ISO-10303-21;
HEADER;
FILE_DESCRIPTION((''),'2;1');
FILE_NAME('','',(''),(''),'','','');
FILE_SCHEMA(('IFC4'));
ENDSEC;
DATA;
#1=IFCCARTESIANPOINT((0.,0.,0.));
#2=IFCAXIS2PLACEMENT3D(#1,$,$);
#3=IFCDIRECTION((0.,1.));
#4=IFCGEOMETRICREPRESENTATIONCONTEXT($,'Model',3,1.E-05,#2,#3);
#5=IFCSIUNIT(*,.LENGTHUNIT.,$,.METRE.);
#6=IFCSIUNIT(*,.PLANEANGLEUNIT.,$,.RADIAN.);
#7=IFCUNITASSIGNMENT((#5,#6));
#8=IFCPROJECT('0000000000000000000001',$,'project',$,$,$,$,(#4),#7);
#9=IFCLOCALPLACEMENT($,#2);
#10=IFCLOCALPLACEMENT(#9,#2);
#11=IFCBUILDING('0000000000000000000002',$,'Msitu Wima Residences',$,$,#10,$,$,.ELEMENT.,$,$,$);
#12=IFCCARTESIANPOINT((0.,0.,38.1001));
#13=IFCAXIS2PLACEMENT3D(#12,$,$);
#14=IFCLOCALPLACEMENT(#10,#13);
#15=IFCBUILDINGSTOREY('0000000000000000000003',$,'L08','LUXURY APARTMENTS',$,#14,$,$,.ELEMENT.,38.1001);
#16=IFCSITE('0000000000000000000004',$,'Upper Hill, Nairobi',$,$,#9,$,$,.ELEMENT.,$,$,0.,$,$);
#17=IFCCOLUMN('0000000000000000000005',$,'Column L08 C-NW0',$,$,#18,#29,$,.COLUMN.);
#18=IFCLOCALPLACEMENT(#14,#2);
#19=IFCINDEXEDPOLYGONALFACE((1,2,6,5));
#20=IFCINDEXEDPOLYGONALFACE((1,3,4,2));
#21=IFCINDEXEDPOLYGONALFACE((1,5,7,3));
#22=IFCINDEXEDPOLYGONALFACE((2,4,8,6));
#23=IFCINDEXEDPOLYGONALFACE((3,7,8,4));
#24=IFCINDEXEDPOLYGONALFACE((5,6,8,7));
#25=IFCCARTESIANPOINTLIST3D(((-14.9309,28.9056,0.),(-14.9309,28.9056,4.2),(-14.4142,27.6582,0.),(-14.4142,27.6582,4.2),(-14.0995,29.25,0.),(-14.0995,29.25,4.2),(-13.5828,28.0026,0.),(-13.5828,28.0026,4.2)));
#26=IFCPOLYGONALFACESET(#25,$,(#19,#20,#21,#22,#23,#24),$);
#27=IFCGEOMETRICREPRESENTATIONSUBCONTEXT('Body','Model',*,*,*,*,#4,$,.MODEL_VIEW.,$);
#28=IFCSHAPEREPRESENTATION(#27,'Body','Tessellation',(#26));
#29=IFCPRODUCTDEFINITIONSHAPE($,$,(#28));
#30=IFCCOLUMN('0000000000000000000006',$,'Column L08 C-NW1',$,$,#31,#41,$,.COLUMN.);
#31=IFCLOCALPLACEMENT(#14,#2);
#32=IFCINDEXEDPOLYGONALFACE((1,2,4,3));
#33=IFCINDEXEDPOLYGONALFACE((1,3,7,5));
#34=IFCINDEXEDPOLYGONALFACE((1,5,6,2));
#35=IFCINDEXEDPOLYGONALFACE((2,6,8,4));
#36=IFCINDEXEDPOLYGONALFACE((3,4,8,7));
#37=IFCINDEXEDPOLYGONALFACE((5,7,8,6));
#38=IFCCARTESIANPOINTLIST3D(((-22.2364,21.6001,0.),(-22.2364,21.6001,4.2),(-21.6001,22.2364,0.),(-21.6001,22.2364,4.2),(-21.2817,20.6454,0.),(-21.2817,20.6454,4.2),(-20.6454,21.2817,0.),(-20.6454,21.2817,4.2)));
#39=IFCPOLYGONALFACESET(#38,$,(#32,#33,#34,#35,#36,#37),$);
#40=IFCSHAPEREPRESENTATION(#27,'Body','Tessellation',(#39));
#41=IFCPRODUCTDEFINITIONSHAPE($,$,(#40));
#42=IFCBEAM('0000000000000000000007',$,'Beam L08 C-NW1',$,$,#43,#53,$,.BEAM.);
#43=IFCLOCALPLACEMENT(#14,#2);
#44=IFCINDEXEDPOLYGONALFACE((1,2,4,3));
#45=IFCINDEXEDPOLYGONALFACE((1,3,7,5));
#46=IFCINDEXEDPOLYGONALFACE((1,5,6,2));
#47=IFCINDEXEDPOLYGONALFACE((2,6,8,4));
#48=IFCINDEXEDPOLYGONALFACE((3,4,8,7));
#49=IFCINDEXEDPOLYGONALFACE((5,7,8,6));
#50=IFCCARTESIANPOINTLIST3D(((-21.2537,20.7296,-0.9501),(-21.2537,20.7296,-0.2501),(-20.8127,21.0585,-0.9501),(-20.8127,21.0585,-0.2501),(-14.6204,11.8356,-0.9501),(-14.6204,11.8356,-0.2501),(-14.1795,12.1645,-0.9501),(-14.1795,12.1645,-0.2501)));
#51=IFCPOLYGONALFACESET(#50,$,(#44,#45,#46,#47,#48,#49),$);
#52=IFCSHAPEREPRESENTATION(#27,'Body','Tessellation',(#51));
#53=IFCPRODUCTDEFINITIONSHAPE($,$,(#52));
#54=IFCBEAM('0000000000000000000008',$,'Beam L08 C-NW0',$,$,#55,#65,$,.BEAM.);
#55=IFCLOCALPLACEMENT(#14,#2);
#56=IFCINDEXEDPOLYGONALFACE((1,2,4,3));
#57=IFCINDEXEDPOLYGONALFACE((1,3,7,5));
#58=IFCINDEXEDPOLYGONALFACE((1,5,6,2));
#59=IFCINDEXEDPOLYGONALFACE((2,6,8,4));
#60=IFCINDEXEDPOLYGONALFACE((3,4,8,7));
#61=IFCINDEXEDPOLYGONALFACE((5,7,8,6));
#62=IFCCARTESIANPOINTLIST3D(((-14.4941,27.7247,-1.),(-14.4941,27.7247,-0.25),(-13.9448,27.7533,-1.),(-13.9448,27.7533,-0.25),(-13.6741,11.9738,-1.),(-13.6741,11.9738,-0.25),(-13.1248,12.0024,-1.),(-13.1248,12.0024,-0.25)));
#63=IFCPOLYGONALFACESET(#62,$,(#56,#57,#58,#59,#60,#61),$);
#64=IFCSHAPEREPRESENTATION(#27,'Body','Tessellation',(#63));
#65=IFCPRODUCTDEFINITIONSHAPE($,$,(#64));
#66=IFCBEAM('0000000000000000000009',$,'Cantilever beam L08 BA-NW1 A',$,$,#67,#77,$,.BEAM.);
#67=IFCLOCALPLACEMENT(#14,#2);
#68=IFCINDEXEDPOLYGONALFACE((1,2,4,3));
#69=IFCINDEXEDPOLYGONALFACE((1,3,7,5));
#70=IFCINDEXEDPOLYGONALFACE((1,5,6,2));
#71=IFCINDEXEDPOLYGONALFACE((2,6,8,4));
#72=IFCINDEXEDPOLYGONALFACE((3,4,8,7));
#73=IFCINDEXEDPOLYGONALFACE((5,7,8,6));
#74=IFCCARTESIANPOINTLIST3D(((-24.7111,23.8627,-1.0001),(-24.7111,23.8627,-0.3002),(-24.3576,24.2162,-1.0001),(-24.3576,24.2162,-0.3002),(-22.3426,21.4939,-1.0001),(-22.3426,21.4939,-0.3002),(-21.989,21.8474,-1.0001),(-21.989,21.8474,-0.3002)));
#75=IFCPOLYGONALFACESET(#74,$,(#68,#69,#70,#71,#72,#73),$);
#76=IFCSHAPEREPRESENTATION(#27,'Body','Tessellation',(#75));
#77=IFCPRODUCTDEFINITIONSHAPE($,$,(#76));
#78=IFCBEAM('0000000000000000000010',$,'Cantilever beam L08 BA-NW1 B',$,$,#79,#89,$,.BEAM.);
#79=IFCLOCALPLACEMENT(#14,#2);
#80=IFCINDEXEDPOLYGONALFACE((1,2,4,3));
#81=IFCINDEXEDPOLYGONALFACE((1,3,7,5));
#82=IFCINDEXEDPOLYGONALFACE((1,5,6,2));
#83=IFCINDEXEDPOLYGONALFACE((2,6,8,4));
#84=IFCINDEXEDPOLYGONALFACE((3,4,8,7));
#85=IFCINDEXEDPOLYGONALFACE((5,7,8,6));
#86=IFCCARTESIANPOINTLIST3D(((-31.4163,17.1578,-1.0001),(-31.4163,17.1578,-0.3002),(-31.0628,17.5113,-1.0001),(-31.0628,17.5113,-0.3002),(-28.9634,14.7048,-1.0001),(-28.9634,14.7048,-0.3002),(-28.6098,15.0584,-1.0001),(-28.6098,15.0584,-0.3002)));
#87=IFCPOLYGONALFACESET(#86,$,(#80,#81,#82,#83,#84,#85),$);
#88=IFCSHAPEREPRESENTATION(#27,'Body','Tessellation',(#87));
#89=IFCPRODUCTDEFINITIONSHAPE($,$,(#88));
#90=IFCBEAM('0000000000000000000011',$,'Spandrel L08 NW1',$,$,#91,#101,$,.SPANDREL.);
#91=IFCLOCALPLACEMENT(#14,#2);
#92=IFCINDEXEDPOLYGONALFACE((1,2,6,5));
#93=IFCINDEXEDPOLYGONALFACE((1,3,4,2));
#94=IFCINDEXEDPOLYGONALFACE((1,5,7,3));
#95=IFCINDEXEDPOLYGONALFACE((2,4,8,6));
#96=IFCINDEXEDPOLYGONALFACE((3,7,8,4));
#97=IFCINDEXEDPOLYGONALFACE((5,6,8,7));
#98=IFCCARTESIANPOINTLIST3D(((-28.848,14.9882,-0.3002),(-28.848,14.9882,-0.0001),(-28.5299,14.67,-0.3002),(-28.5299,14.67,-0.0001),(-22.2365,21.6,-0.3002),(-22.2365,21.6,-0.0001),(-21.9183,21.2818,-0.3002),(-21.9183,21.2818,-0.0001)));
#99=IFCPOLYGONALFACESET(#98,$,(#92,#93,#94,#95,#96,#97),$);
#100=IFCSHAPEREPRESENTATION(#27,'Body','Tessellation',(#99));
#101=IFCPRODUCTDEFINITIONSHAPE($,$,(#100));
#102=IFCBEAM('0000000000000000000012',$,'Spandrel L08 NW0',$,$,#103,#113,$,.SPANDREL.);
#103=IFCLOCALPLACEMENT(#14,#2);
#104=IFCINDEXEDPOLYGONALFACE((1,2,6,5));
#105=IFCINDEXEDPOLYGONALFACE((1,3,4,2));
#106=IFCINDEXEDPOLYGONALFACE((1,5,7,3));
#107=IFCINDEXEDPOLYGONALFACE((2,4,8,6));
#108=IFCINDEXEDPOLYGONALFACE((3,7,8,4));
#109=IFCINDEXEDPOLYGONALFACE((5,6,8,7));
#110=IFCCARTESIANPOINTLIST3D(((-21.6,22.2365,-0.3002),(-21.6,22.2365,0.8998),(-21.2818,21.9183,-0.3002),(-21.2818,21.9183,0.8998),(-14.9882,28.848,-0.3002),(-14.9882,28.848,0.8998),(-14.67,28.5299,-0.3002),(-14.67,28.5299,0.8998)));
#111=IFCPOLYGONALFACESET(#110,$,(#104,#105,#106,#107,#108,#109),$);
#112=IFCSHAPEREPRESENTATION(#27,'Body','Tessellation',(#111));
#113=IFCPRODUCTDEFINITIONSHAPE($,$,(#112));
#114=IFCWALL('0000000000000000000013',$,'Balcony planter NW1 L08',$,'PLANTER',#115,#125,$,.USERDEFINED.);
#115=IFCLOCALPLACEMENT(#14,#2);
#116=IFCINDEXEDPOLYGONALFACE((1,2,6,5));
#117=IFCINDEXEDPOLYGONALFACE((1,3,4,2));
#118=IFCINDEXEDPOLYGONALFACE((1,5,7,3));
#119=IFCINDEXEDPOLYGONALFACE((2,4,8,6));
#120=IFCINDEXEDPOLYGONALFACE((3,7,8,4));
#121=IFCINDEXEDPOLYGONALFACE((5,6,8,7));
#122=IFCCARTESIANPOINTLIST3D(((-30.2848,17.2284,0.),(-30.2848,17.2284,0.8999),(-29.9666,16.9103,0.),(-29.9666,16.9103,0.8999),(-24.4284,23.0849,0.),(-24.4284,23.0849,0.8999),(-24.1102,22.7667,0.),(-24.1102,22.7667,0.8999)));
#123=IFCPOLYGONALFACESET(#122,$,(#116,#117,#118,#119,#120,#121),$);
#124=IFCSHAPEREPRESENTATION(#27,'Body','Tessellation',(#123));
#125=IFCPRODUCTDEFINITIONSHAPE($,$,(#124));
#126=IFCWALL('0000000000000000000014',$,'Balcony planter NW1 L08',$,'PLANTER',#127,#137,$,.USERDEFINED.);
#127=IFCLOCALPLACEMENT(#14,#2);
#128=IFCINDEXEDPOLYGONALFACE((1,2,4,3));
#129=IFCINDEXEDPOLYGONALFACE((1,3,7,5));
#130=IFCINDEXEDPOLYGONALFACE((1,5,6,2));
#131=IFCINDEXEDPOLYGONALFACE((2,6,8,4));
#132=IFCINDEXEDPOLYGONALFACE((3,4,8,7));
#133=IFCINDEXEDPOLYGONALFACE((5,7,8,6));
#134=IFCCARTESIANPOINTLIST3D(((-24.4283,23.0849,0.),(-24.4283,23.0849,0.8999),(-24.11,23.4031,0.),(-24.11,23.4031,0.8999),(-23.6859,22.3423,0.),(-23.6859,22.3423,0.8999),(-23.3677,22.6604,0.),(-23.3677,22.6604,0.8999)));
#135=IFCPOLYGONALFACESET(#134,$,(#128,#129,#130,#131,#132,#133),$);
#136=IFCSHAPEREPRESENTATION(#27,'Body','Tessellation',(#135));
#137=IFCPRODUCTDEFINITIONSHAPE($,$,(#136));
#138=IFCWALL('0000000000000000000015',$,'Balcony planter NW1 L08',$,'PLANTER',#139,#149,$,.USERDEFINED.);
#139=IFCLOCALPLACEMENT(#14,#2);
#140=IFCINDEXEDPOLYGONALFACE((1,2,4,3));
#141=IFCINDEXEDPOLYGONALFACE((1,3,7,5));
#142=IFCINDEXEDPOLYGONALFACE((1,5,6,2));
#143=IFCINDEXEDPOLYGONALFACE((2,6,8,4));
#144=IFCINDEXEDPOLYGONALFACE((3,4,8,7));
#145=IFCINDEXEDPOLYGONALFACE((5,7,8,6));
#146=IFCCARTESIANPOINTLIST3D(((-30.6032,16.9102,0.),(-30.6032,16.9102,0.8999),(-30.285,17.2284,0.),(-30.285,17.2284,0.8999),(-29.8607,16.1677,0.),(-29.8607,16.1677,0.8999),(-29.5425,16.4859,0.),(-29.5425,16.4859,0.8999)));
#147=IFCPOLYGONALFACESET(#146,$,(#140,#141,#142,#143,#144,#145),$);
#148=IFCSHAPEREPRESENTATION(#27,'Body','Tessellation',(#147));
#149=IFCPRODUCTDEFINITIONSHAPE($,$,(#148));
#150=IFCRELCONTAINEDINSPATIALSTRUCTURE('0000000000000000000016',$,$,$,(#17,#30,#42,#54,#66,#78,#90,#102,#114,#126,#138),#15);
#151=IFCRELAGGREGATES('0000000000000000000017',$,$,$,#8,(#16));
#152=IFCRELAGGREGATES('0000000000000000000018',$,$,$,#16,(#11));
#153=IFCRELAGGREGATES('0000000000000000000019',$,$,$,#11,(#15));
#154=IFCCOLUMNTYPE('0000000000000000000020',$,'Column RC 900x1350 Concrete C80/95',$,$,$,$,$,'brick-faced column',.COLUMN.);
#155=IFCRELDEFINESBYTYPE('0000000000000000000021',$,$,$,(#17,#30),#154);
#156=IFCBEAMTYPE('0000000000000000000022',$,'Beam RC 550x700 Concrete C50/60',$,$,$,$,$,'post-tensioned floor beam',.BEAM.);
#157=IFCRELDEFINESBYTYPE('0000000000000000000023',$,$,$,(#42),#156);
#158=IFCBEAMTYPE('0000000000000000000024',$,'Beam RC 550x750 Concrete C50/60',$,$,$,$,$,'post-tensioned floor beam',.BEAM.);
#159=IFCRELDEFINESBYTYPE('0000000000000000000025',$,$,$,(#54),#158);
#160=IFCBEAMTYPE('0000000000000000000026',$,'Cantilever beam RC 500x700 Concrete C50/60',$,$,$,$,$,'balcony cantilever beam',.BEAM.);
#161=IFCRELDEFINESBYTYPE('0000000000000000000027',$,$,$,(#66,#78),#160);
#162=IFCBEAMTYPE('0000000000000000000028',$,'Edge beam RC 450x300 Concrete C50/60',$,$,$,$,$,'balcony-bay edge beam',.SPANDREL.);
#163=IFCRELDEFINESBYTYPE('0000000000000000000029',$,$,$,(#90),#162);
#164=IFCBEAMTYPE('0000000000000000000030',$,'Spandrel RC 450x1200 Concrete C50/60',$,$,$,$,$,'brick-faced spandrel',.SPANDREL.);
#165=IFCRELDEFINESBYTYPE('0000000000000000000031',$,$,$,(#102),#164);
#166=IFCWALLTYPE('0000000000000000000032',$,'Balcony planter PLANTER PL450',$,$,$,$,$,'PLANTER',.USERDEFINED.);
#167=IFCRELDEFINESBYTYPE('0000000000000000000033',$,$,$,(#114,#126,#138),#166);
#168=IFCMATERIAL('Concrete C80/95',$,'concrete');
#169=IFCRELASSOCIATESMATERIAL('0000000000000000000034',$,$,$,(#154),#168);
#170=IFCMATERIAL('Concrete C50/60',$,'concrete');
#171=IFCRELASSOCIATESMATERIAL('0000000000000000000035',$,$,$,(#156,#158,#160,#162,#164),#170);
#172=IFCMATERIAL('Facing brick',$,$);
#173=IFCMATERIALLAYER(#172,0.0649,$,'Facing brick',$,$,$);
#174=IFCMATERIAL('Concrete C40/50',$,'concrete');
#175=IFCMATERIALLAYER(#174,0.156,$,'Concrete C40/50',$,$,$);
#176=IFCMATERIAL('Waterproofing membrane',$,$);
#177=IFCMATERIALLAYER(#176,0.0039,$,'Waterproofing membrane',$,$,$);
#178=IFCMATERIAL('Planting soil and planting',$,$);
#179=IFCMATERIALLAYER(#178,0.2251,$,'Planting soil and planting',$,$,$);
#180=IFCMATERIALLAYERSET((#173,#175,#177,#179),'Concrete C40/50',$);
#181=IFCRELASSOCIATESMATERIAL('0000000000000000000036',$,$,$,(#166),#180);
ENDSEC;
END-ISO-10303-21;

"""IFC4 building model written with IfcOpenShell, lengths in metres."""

from ifc_helpers import new_model, si_unit, direction, frame, frame_2d, origin, origin_2d, place, context, subcontext, project, spatial, rectangle, extrude, material, layer, layer_set, material_profile, profile_set, type_object, element, save


model = new_model("IFC4")

# Units and contexts
model_context = context("Model", 3, precision=1e-05, world=origin(), true_north=direction((0.0, 1.0)))
body_context = subcontext(model_context, "Body", "Model", "MODEL_VIEW")
ifc_project = project(units=[si_unit("LENGTHUNIT", "METRE"), si_unit("PLANEANGLEUNIT", "RADIAN")], contexts=[model_context])

# Site, building, storey
site_placement = place(None, origin())
site = spatial("IfcSite", under=ifc_project, at=site_placement, Name="Upper Hill, Nairobi", CompositionType="ELEMENT", RefElevation=0.0)
building_placement = place(site_placement, origin())
building = spatial("IfcBuilding", under=site, at=building_placement, Name="Msitu Wima Residences", CompositionType="ELEMENT")
storey_placement = place(building_placement, frame((0.0, 0.0, 38.1001)))
storey = spatial("IfcBuildingStorey", under=building, at=storey_placement, Name="L08", Description="LUXURY APARTMENTS", CompositionType="ELEMENT", Elevation=38.1001)

# Columns
ifc_material_1 = material(Name="Concrete C80/95", Category="concrete")
ifc_material_profile_1 = material_profile(ifc_material_1, rectangle(XDim=0.8999, YDim=1.3501, at=origin_2d()), Name="RC 900x1350")
ifc_profile_set_1 = profile_set([ifc_material_profile_1], Name="Concrete C80/95")
column_type = type_object("IfcColumnType", Name="Column RC 900x1350 Concrete C80/95", ElementType="brick-faced column", PredefinedType="COLUMN", material=ifc_profile_set_1)
for number, where, z_axis, x_axis, name in (
    (1, (-14.2568, 28.4541, 0.0), (0.0, 0.0, 1.0), (-0.92388, -0.382683, 0.0), "Column L08 C-NW0"),
    (2, (-21.4409, 21.4409, 0.0), (0.0, 0.0, 1.0), (-0.707107, -0.707107, 0.0), "Column L08 C-NW1"),
):
    element("IfcColumn", number, at=place(storey_placement, frame(where, z_axis=z_axis, x_axis=x_axis)), inside=storey, type_object=column_type, Name=name, PredefinedType="COLUMN", context=body_context, shape_type="SweptSolid", body=[
        extrude(rectangle(XDim=0.8999, YDim=1.3501, at=origin_2d()), origin(), (0.0, 0.0, 1.0), 4.2),
    ])

# Beams
ifc_material_2 = material(Name="Concrete C50/60", Category="concrete")
ifc_material_profile_2 = material_profile(ifc_material_2, rectangle(XDim=0.55, YDim=0.7, at=origin_2d()), Name="RC 550x700")
ifc_profile_set_2 = profile_set([ifc_material_profile_2], Name="Concrete C50/60")
beam_type_1 = type_object("IfcBeamType", Name="Beam RC 550x700 Concrete C50/60", ElementType="post-tensioned floor beam", PredefinedType="BEAM", material=ifc_profile_set_2)
beam_1_placement = place(storey_placement, frame((-21.0332, 20.894, -0.6001), z_axis=(0.59785, -0.801608, 0.0), x_axis=(0.801608, 0.59785, 0.0)))
element("IfcBeam", 3, at=beam_1_placement, inside=storey, type_object=beam_type_1, Name="Beam L08 C-NW1", PredefinedType="BEAM", context=body_context, shape_type="SweptSolid", body=[
    extrude(rectangle(XDim=0.55, YDim=0.7, at=origin_2d()), origin(), (0.0, 0.0, 1.0), 11.0952),
])
ifc_material_profile_3 = material_profile(ifc_material_2, rectangle(XDim=0.55, YDim=0.75, at=origin_2d()), Name="RC 550x750")
ifc_profile_set_3 = profile_set([ifc_material_profile_3], Name="Concrete C50/60")
beam_type_2 = type_object("IfcBeamType", Name="Beam RC 550x750 Concrete C50/60", ElementType="post-tensioned floor beam", PredefinedType="BEAM", material=ifc_profile_set_3)
beam_2_placement = place(storey_placement, frame((-14.2195, 27.739, -0.625), z_axis=(0.051994, -0.998647, 0.0), x_axis=(0.998647, 0.051994, 0.0)))
element("IfcBeam", 4, at=beam_2_placement, inside=storey, type_object=beam_type_2, Name="Beam L08 C-NW0", PredefinedType="BEAM", context=body_context, shape_type="SweptSolid", body=[
    extrude(rectangle(XDim=0.55, YDim=0.75, at=origin_2d()), origin(), (0.0, 0.0, 1.0), 15.7722),
])
ifc_material_profile_4 = material_profile(ifc_material_2, rectangle(XDim=0.5, YDim=0.7, at=origin_2d()), Name="RC 500x700")
ifc_profile_set_4 = profile_set([ifc_material_profile_4], Name="Concrete C50/60")
beam_type_3 = type_object("IfcBeamType", Name="Cantilever beam RC 500x700 Concrete C50/60", ElementType="balcony cantilever beam", PredefinedType="BEAM", material=ifc_profile_set_4)
beam_3_placement = place(storey_placement, frame((-22.1658, 21.6707, -0.6501), z_axis=(-0.70707, 0.707143, 0.0), x_axis=(-0.707143, -0.70707, 0.0)))
element("IfcBeam", 5, at=beam_3_placement, inside=storey, type_object=beam_type_3, Name="Cantilever beam L08 BA-NW1 A", PredefinedType="BEAM", context=body_context, shape_type="SweptSolid", body=[
    extrude(rectangle(XDim=0.5, YDim=0.7, at=origin_2d()), origin(), (0.0, 0.0, 1.0), 3.3499),
])
beam_4_placement = place(storey_placement, frame((-28.7866, 14.8816, -0.6501), z_axis=(-0.707107, 0.707107, 0.0), x_axis=(-0.707107, -0.707107, 0.0)))
element("IfcBeam", 6, at=beam_4_placement, inside=storey, type_object=beam_type_3, Name="Cantilever beam L08 BA-NW1 B", PredefinedType="BEAM", context=body_context, shape_type="SweptSolid", body=[
    extrude(rectangle(XDim=0.5, YDim=0.7, at=origin_2d()), origin(), (0.0, 0.0, 1.0), 3.469),
])
ifc_material_profile_5 = material_profile(ifc_material_2, rectangle(XDim=0.45, YDim=0.3, at=origin_2d()), Name="RC 450x300")
ifc_profile_set_5 = profile_set([ifc_material_profile_5], Name="Concrete C50/60")
beam_type_4 = type_object("IfcBeamType", Name="Edge beam RC 450x300 Concrete C50/60", ElementType="balcony-bay edge beam", PredefinedType="SPANDREL", material=ifc_profile_set_5)
beam_5_placement = place(storey_placement, frame((-22.0774, 21.4409, -0.1501), z_axis=(-0.707094, -0.70712, 0.0), x_axis=(0.70712, -0.707094, 0.0)))
element("IfcBeam", 7, at=beam_5_placement, inside=storey, type_object=beam_type_4, Name="Spandrel L08 NW1", PredefinedType="SPANDREL", context=body_context, shape_type="SweptSolid", body=[
    extrude(rectangle(XDim=0.45, YDim=0.3, at=origin_2d()), origin(), (0.0, 0.0, 1.0), 9.3503),
])
ifc_material_profile_6 = material_profile(ifc_material_2, rectangle(XDim=0.45, YDim=1.2, at=origin_2d()), Name="RC 450x1200")
ifc_profile_set_6 = profile_set([ifc_material_profile_6], Name="Concrete C50/60")
beam_type_5 = type_object("IfcBeamType", Name="Spandrel RC 450x1200 Concrete C50/60", ElementType="brick-faced spandrel", PredefinedType="SPANDREL", material=ifc_profile_set_6)
beam_6_placement = place(storey_placement, frame((-14.8291, 28.689, 0.2998), z_axis=(-0.70712, -0.707094, 0.0), x_axis=(0.707094, -0.70712, 0.0)))
element("IfcBeam", 8, at=beam_6_placement, inside=storey, type_object=beam_type_5, Name="Spandrel L08 NW0", PredefinedType="SPANDREL", context=body_context, shape_type="SweptSolid", body=[
    extrude(rectangle(XDim=0.45, YDim=1.2, at=origin_2d()), origin(), (0.0, 0.0, 1.0), 9.3503),
])

# Walls
ifc_material_3 = material(Name="Facing brick")
ifc_layer_1 = layer(ifc_material_3, 0.0649, Name="Facing brick")
ifc_material_4 = material(Name="Concrete C40/50", Category="concrete")
ifc_layer_2 = layer(ifc_material_4, 0.156, Name="Concrete C40/50")
ifc_material_5 = material(Name="Waterproofing membrane")
ifc_layer_3 = layer(ifc_material_5, 0.0039, Name="Waterproofing membrane")
ifc_material_6 = material(Name="Planting soil and planting")
ifc_layer_4 = layer(ifc_material_6, 0.2251, Name="Planting soil and planting")
ifc_layer_set_1 = layer_set([ifc_layer_1, ifc_layer_2, ifc_layer_3, ifc_layer_4], Name="Concrete C40/50")
wall_type_1 = type_object("IfcWallType", Name="Balcony planter PLANTER PL450", ElementType="PLANTER", PredefinedType="USERDEFINED", material=ifc_layer_set_1)
wall_1_placement = place(storey_placement, frame((-24.2693, 22.9258, 0.0), z_axis=(0.0, 0.0, 1.0), x_axis=(-0.707107, -0.707107, 0.0)))
element("IfcWall", 9, at=wall_1_placement, inside=storey, type_object=wall_type_1, Name="Balcony planter NW1 L08", ObjectType="PLANTER", PredefinedType="USERDEFINED", context=body_context, shape_type="SweptSolid", body=[
    extrude(rectangle(XDim=8.2822, YDim=0.45, at=frame_2d((4.1411, 0.0))), origin(), (0.0, 0.0, 1.0), 0.8999),
])
for number, where, z_axis, x_axis, name in (
    (10, (-23.5269, 22.5015, 0.0), (0.0, 0.0, 1.0), (-0.706991, 0.707223, 0.0), "Balcony planter NW1 L08"),
    (11, (-29.7017, 16.3269, 0.0), (0.0, 0.0, 1.0), (-0.707107, 0.707107, 0.0), "Balcony planter NW1 L08"),
):
    element("IfcWall", number, at=place(storey_placement, frame(where, z_axis=z_axis, x_axis=x_axis)), inside=storey, type_object=wall_type_1, Name=name, ObjectType="PLANTER", PredefinedType="USERDEFINED", context=body_context, shape_type="SweptSolid", body=[
        extrude(rectangle(XDim=1.05, YDim=0.45, at=frame_2d((0.5249, 0.0))), origin(), (0.0, 0.0, 1.0), 0.8999),
    ])

save(model, "model.ifc")
